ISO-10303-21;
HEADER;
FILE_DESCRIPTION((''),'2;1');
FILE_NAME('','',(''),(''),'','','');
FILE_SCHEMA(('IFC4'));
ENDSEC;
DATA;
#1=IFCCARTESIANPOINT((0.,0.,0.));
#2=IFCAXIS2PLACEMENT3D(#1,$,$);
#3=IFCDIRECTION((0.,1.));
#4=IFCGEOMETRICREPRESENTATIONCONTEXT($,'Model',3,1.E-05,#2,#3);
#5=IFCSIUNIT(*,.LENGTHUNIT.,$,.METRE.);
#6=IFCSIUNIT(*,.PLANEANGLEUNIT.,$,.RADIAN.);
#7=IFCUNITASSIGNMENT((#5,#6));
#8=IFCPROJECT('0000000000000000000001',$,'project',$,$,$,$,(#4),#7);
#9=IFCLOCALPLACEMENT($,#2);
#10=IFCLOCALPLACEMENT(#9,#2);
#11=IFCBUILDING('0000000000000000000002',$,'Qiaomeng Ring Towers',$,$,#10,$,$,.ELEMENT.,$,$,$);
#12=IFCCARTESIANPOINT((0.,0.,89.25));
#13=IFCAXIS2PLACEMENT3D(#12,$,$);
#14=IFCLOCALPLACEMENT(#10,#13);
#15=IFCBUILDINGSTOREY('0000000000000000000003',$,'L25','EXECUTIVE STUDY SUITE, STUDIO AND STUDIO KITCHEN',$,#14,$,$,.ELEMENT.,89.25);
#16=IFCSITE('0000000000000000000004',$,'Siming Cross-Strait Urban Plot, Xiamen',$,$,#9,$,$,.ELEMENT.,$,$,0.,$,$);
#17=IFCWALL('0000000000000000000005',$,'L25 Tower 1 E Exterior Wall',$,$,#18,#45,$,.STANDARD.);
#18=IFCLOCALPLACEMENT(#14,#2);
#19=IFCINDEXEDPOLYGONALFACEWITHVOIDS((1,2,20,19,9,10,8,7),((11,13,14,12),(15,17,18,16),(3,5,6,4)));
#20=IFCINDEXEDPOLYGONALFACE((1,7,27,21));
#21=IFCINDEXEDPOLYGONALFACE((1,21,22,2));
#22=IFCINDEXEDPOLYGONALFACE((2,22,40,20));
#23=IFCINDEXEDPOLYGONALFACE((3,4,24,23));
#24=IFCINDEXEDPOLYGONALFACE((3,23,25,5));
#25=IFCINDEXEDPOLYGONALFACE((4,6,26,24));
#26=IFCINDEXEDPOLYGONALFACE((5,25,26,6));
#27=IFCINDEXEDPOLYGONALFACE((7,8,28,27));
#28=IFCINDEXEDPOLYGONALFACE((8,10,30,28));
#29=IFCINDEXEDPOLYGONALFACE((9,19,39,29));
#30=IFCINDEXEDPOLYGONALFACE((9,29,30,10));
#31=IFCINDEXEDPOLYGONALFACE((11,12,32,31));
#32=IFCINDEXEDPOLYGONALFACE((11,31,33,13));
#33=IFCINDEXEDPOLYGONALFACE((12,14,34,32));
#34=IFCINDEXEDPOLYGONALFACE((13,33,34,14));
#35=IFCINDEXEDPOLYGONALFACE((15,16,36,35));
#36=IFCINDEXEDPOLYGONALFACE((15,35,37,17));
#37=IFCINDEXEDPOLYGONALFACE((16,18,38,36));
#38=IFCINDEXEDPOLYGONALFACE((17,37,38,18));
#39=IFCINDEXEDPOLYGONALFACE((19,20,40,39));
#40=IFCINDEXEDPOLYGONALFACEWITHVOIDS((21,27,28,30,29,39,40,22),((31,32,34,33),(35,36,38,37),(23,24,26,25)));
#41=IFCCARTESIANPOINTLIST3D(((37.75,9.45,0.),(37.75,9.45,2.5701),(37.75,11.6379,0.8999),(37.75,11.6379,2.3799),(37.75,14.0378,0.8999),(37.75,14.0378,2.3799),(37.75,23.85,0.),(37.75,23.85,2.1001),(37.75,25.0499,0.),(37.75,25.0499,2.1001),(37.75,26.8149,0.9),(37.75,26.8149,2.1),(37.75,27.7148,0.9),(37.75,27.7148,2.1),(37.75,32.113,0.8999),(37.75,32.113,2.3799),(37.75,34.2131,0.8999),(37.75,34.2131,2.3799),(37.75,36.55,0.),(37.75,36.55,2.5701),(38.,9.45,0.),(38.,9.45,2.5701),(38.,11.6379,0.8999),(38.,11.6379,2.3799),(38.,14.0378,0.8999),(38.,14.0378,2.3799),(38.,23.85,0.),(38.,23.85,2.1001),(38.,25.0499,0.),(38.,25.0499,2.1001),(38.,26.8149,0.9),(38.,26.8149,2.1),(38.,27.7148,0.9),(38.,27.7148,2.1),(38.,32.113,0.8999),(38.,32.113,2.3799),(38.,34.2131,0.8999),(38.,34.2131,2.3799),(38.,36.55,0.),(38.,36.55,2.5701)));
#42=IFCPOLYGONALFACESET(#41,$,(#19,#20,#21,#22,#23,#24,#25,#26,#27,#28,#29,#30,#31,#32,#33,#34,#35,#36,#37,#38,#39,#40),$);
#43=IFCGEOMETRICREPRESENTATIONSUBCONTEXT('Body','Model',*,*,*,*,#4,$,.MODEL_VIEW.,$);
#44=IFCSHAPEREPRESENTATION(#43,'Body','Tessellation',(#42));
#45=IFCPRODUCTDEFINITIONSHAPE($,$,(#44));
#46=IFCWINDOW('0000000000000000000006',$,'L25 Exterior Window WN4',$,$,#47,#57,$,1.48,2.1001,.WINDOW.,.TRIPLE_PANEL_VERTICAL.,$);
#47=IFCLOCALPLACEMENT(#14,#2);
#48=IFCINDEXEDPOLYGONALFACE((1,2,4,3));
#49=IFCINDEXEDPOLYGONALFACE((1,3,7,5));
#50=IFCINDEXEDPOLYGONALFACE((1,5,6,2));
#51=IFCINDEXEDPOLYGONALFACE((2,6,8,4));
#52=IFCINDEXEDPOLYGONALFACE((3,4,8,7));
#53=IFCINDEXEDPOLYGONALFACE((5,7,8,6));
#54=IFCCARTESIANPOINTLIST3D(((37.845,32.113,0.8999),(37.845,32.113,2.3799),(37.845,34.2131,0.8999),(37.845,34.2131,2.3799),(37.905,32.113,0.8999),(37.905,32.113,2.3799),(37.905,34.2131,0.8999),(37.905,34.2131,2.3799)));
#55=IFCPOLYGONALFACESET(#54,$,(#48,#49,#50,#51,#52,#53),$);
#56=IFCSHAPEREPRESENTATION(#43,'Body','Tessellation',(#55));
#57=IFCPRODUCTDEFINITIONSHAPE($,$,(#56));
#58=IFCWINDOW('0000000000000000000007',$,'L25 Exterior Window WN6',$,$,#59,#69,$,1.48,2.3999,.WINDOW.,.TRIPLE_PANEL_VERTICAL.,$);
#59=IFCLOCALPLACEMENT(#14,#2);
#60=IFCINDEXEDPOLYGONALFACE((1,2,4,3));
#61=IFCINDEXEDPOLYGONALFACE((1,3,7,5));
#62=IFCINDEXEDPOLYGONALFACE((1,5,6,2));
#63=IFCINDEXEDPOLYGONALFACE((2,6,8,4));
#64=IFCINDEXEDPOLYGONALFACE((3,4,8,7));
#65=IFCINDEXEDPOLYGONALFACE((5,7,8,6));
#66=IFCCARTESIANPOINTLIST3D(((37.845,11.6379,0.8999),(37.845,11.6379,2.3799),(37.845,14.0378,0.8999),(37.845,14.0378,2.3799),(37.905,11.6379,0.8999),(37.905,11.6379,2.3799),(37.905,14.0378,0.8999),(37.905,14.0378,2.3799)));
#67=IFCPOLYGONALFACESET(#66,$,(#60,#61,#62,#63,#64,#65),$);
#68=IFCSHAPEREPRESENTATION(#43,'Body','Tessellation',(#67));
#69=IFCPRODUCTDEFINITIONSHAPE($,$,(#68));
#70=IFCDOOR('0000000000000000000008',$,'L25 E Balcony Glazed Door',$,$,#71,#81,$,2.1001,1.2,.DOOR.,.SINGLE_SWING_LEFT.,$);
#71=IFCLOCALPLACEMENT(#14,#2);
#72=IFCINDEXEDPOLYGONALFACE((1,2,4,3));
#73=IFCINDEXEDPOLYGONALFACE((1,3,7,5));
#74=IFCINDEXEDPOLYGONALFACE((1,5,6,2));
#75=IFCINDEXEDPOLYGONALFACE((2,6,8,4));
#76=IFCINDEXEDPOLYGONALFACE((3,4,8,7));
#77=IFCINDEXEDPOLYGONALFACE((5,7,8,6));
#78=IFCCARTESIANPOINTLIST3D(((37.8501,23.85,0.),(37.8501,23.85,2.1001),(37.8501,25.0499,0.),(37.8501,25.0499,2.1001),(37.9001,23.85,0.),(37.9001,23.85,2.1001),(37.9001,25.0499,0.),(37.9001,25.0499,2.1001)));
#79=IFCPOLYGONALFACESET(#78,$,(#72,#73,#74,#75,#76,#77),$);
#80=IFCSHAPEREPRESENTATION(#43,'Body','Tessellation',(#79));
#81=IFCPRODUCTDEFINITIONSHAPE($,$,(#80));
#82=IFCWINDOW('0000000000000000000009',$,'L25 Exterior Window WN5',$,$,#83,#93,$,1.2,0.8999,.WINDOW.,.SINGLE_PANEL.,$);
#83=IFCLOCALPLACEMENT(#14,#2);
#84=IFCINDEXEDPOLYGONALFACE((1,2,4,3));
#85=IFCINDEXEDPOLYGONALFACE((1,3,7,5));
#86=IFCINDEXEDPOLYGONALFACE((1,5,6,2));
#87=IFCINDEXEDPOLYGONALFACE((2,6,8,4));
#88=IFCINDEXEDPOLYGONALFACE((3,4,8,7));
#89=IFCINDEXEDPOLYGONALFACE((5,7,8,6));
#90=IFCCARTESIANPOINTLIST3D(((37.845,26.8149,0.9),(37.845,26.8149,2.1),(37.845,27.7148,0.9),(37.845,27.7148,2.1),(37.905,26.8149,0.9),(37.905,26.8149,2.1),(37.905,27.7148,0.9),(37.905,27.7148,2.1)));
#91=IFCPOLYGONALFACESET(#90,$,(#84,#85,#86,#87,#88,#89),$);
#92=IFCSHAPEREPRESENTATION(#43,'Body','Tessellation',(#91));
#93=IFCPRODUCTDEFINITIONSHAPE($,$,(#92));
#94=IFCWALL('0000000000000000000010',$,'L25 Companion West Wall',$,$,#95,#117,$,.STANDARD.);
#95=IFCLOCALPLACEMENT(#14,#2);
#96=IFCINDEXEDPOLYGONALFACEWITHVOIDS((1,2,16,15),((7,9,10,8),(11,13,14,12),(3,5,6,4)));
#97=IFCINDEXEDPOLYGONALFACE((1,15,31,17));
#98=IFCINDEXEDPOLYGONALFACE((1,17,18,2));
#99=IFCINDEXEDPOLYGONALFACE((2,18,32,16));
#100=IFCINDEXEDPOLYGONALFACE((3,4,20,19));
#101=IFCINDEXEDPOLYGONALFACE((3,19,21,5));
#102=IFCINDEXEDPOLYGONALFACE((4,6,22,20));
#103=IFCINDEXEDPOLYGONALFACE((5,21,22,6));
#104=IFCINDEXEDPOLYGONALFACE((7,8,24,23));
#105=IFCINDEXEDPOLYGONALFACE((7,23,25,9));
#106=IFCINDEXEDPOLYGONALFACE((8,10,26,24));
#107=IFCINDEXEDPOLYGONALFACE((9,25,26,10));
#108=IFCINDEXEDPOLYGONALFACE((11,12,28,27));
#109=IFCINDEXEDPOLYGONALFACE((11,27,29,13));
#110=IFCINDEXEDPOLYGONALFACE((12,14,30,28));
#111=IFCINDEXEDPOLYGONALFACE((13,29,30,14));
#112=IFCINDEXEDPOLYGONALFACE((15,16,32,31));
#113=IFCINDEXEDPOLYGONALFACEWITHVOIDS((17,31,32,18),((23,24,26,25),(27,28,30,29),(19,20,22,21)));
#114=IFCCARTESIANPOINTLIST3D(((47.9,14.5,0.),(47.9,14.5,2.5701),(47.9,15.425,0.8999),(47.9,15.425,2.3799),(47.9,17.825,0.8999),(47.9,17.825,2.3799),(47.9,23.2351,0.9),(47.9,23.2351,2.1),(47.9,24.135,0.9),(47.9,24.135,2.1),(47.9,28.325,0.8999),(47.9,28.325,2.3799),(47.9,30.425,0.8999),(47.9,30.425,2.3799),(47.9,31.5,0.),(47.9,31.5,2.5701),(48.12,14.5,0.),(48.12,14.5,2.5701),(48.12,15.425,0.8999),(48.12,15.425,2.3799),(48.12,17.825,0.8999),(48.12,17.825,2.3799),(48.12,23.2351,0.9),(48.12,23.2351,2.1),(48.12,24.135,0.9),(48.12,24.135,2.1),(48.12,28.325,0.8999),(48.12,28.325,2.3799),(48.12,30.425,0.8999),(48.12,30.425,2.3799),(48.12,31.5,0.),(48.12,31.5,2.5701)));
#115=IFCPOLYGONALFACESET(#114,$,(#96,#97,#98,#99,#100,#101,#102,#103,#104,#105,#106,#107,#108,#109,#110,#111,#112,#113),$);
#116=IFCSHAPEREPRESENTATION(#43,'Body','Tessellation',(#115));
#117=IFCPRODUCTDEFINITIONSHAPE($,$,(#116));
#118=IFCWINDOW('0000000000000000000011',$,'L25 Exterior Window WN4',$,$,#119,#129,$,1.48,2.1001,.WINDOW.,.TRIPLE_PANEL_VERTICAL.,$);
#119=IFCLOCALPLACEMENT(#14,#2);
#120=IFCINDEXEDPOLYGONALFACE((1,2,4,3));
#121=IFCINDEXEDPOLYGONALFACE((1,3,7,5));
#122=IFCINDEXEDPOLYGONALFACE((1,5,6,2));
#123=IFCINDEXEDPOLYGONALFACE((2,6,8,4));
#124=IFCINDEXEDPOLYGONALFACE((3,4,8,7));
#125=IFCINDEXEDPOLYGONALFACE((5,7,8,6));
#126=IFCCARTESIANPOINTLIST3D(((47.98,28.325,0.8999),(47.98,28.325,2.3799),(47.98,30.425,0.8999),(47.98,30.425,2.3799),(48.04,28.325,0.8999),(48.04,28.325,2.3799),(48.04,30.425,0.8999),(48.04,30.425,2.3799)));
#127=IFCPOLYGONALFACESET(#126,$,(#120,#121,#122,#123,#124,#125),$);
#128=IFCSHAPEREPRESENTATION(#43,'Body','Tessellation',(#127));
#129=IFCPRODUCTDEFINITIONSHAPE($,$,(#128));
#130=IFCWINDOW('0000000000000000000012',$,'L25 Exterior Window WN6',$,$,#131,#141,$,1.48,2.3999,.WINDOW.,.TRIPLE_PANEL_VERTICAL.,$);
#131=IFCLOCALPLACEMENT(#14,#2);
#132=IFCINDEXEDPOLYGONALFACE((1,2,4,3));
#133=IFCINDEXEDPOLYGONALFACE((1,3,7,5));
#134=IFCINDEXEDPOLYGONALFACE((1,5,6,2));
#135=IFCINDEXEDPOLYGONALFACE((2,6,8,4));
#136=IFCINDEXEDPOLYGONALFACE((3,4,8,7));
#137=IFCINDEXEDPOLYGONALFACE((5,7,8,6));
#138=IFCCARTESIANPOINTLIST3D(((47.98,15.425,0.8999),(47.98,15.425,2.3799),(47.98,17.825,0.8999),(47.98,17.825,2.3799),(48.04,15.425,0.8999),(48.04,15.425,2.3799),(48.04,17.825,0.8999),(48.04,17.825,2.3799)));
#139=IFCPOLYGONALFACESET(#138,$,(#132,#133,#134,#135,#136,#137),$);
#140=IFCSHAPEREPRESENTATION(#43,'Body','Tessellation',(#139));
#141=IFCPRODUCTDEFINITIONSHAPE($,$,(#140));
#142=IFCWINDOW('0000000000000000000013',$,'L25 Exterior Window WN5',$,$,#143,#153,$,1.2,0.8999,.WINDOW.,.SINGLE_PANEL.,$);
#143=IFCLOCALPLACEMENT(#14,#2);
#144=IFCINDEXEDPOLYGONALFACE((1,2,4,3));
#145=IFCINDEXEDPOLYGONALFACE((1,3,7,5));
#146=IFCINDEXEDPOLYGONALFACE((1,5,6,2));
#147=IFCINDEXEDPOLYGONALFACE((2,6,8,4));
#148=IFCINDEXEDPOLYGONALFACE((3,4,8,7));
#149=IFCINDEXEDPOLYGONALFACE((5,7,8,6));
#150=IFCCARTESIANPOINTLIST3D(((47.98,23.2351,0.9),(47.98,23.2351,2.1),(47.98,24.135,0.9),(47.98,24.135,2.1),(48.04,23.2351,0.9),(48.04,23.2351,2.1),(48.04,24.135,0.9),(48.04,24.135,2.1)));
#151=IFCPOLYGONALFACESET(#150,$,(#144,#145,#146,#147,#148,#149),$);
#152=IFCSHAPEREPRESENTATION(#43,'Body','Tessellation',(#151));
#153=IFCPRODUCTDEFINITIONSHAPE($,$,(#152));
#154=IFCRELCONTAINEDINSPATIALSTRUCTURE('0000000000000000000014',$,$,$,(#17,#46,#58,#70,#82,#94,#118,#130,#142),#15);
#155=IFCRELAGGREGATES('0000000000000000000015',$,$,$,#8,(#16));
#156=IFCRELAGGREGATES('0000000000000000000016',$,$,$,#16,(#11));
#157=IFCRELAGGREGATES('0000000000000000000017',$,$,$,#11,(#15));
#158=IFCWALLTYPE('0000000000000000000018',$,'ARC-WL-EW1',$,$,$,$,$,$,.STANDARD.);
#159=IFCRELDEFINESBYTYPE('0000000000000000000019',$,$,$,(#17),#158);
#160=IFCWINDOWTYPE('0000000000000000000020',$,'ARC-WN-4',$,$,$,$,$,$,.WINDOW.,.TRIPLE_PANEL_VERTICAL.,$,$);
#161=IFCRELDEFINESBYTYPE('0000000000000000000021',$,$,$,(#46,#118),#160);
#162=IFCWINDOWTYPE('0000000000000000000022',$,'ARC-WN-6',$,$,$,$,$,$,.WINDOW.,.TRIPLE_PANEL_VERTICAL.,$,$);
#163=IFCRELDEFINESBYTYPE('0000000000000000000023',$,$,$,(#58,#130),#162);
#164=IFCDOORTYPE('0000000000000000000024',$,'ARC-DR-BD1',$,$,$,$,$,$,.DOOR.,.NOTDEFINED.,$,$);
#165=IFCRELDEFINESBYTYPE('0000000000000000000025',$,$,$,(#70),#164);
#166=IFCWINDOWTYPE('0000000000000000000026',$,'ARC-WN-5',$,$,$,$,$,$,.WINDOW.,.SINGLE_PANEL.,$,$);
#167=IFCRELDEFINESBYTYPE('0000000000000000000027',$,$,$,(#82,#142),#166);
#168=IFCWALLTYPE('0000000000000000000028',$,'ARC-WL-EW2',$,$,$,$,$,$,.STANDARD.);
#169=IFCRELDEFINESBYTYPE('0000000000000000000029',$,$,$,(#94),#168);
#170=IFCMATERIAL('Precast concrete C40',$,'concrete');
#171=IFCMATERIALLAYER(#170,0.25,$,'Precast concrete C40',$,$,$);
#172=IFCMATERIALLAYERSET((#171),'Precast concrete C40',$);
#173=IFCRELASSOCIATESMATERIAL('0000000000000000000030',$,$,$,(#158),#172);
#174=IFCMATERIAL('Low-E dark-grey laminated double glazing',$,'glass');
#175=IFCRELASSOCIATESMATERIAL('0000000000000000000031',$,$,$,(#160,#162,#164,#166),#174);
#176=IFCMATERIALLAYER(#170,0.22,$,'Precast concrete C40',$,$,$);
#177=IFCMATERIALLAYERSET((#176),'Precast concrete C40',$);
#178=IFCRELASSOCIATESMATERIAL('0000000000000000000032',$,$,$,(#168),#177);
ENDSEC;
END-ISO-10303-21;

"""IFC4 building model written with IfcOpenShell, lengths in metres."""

from ifc_helpers import new_model, si_unit, direction, frame, frame_2d, origin, place, context, subcontext, project, spatial, rectangle, extrude, source, transform, mapped, material, layer, layer_set, type_object, element, fill, save


model = new_model("IFC4")

# Units and contexts
model_context = context("Model", 3, precision=1e-05, world=origin(), true_north=direction((0.0, 1.0)))
body_context = subcontext(model_context, "Body", "Model", "MODEL_VIEW")
ifc_project = project(units=[si_unit("LENGTHUNIT", "METRE"), si_unit("PLANEANGLEUNIT", "RADIAN")], contexts=[model_context])

# Site, building, storey
site_placement = place(None, origin())
site = spatial("IfcSite", under=ifc_project, at=site_placement, Name="Siming Cross-Strait Urban Plot, Xiamen", CompositionType="ELEMENT", RefElevation=0.0)
building_placement = place(site_placement, origin())
building = spatial("IfcBuilding", under=site, at=building_placement, Name="Qiaomeng Ring Towers", CompositionType="ELEMENT")
storey_placement = place(building_placement, frame((0.0, 0.0, 89.25)))
storey = spatial("IfcBuildingStorey", under=building, at=storey_placement, Name="L25", Description="EXECUTIVE STUDY SUITE, STUDIO AND STUDIO KITCHEN", CompositionType="ELEMENT", Elevation=89.25)

# Shared definitions
ifc_material_1 = material(Name="Low-E dark-grey laminated double glazing", Category="glass")

# Wall, openings, windows, door
ifc_material_2 = material(Name="Precast concrete C40", Category="concrete")
ifc_layer_1 = layer(ifc_material_2, 0.25, Name="Precast concrete C40")
ifc_layer_set_1 = layer_set([ifc_layer_1], Name="Precast concrete C40")
wall_type_1 = type_object("IfcWallType", Name="ARC-WL-EW1", PredefinedType="STANDARD", material=ifc_layer_set_1)
wall_1_placement = place(storey_placement, frame((37.875, 9.45, 0.0), z_axis=(0.0, 0.0, 1.0), x_axis=(0.0, 1.0, 0.0)))
wall_1 = element("IfcWall", 1, at=wall_1_placement, inside=storey, type_object=wall_type_1, Name="L25 Tower 1 E Exterior Wall", PredefinedType="STANDARD", context=body_context, shape_type="SweptSolid", body=[
    extrude(rectangle(XDim=27.1001, YDim=0.25, at=frame_2d((13.55, 0.0))), origin(), (0.0, 0.0, 1.0), 2.5701),
])
opening_1_placement = place(wall_1_placement, frame((14.3999, 0.0, 0.0)))
opening_1 = element("IfcOpeningElement", 2, at=opening_1_placement, cuts=wall_1, PredefinedType="OPENING", context=body_context, shape_type="SweptSolid", body=[
    extrude(rectangle(XDim=1.2, YDim=2.1001, at=frame_2d((0.6001, 1.05))), frame((0.0, 0.135, 0.0), z_axis=(0.0, -1.0, 0.0), x_axis=(1.0, 0.0, 0.0)), (0.0, 0.0, 1.0), 0.27),
])
opening_2_placement = place(wall_1_placement, frame((2.188, 0.0, 0.8999)))
opening_2 = element("IfcOpeningElement", 3, at=opening_2_placement, cuts=wall_1, PredefinedType="OPENING", context=body_context, shape_type="SweptSolid", body=[
    extrude(rectangle(XDim=2.3999, YDim=1.48, at=frame_2d((1.2, 0.74))), frame((0.0, 0.135, 0.0), z_axis=(0.0, -1.0, 0.0), x_axis=(1.0, 0.0, 0.0)), (0.0, 0.0, 1.0), 0.27),
])
opening_3_placement = place(wall_1_placement, frame((22.6631, 0.0, 0.8999)))
opening_3 = element("IfcOpeningElement", 4, at=opening_3_placement, cuts=wall_1, PredefinedType="OPENING", context=body_context, shape_type="SweptSolid", body=[
    extrude(rectangle(XDim=2.1001, YDim=1.48, at=frame_2d((1.05, 0.74))), frame((0.0, 0.135, 0.0), z_axis=(0.0, -1.0, 0.0), x_axis=(1.0, 0.0, 0.0)), (0.0, 0.0, 1.0), 0.27),
])
opening_4_placement = place(wall_1_placement, frame((17.365, 0.0, 0.8999)))
opening_4 = element("IfcOpeningElement", 5, at=opening_4_placement, cuts=wall_1, PredefinedType="OPENING", context=body_context, shape_type="SweptSolid", body=[
    extrude(rectangle(XDim=0.8999, YDim=1.2, at=frame_2d((0.45, 0.6001))), frame((0.0, 0.135, 0.0), z_axis=(0.0, -1.0, 0.0), x_axis=(1.0, 0.0, 0.0)), (0.0, 0.0, 1.0), 0.27),
])
window_type_1 = type_object("IfcWindowType", Name="ARC-WN-4", PartitioningType="TRIPLE_PANEL_VERTICAL", PredefinedType="WINDOW", material=ifc_material_1)
shared_shape_1 = source(origin(), body_context, "Body", "SweptSolid", [
    extrude(rectangle(XDim=2.1001, YDim=1.48, at=frame_2d((1.05, 0.74))), frame((0.0, 0.03, 0.0), z_axis=(0.0, -1.0, 0.0), x_axis=(1.0, 0.0, 0.0)), (0.0, 0.0, 1.0), 0.0601),
])
window_1_placement = place(opening_3_placement, origin())
window_1 = element("IfcWindow", 6, at=window_1_placement, inside=storey, type_object=window_type_1, Name="L25 Exterior Window WN4", OverallHeight=1.48, OverallWidth=2.1001, PartitioningType="TRIPLE_PANEL_VERTICAL", PredefinedType="WINDOW", context=body_context, shape_type="MappedRepresentation", body=[
    mapped(shared_shape_1, transform((0.0, 0.0, 0.0), x_axis=(1.0, 0.0, 0.0), y_axis=(0.0, 1.0, 0.0), z_axis=(0.0, 0.0, 1.0), scale=1.0)),
])
fill(opening_3, window_1)
window_type_2 = type_object("IfcWindowType", Name="ARC-WN-6", PartitioningType="TRIPLE_PANEL_VERTICAL", PredefinedType="WINDOW", material=ifc_material_1)
shared_shape_2 = source(origin(), body_context, "Body", "SweptSolid", [
    extrude(rectangle(XDim=2.3999, YDim=1.48, at=frame_2d((1.2, 0.74))), frame((0.0, 0.03, 0.0), z_axis=(0.0, -1.0, 0.0), x_axis=(1.0, 0.0, 0.0)), (0.0, 0.0, 1.0), 0.0601),
])
window_2_placement = place(opening_2_placement, origin())
window_2 = element("IfcWindow", 7, at=window_2_placement, inside=storey, type_object=window_type_2, Name="L25 Exterior Window WN6", OverallHeight=1.48, OverallWidth=2.3999, PartitioningType="TRIPLE_PANEL_VERTICAL", PredefinedType="WINDOW", context=body_context, shape_type="MappedRepresentation", body=[
    mapped(shared_shape_2, transform((0.0, 0.0, 0.0), x_axis=(1.0, 0.0, 0.0), y_axis=(0.0, 1.0, 0.0), z_axis=(0.0, 0.0, 1.0), scale=1.0)),
])
fill(opening_2, window_2)
door_type = type_object("IfcDoorType", Name="ARC-DR-BD1", OperationType="NOTDEFINED", PredefinedType="DOOR", material=ifc_material_1)
shared_shape_3 = source(origin(), body_context, "Body", "SweptSolid", [
    extrude(rectangle(XDim=1.2, YDim=2.1001, at=frame_2d((0.6001, 1.05))), frame((0.0, 0.0249, 0.0), z_axis=(0.0, -1.0, 0.0), x_axis=(1.0, 0.0, 0.0)), (0.0, 0.0, 1.0), 0.05),
])
door_placement = place(opening_1_placement, origin())
door = element("IfcDoor", 8, at=door_placement, inside=storey, type_object=door_type, Name="L25 E Balcony Glazed Door", OperationType="SINGLE_SWING_LEFT", OverallHeight=2.1001, OverallWidth=1.2, PredefinedType="DOOR", context=body_context, shape_type="MappedRepresentation", body=[
    mapped(shared_shape_3, transform((0.0, 0.0, 0.0), x_axis=(1.0, 0.0, 0.0), y_axis=(0.0, 1.0, 0.0), z_axis=(0.0, 0.0, 1.0), scale=1.0)),
])
fill(opening_1, door)
window_type_3 = type_object("IfcWindowType", Name="ARC-WN-5", PartitioningType="SINGLE_PANEL", PredefinedType="WINDOW", material=ifc_material_1)
shared_shape_4 = source(origin(), body_context, "Body", "SweptSolid", [
    extrude(rectangle(XDim=0.8999, YDim=1.2, at=frame_2d((0.45, 0.6001))), frame((0.0, 0.03, 0.0), z_axis=(0.0, -1.0, 0.0), x_axis=(1.0, 0.0, 0.0)), (0.0, 0.0, 1.0), 0.0601),
])
window_3_placement = place(opening_4_placement, origin())
window_3 = element("IfcWindow", 9, at=window_3_placement, inside=storey, type_object=window_type_3, Name="L25 Exterior Window WN5", OverallHeight=1.2, OverallWidth=0.8999, PartitioningType="SINGLE_PANEL", PredefinedType="WINDOW", context=body_context, shape_type="MappedRepresentation", body=[
    mapped(shared_shape_4, transform((0.0, 0.0, 0.0), x_axis=(1.0, 0.0, 0.0), y_axis=(0.0, 1.0, 0.0), z_axis=(0.0, 0.0, 1.0), scale=1.0)),
])
fill(opening_4, window_3)

# Wall, openings, windows
ifc_layer_2 = layer(ifc_material_2, 0.22, Name="Precast concrete C40")
ifc_layer_set_2 = layer_set([ifc_layer_2], Name="Precast concrete C40")
wall_type_2 = type_object("IfcWallType", Name="ARC-WL-EW2", PredefinedType="STANDARD", material=ifc_layer_set_2)
wall_2_placement = place(storey_placement, frame((48.01, 14.5, 0.0), z_axis=(0.0, 0.0, 1.0), x_axis=(0.0, 1.0, 0.0)))
wall_2 = element("IfcWall", 10, at=wall_2_placement, inside=storey, type_object=wall_type_2, Name="L25 Companion West Wall", PredefinedType="STANDARD", context=body_context, shape_type="SweptSolid", body=[
    extrude(rectangle(XDim=17.0, YDim=0.22, at=frame_2d((8.5, 0.0))), origin(), (0.0, 0.0, 1.0), 2.5701),
])
opening_5_placement = place(wall_2_placement, frame((0.925, 0.0, 0.8999)))
opening_5 = element("IfcOpeningElement", 11, at=opening_5_placement, cuts=wall_2, PredefinedType="OPENING", context=body_context, shape_type="SweptSolid", body=[
    extrude(rectangle(XDim=2.3999, YDim=1.48, at=frame_2d((1.2, 0.74))), frame((0.0, 0.1199, 0.0), z_axis=(0.0, -1.0, 0.0), x_axis=(1.0, 0.0, 0.0)), (0.0, 0.0, 1.0), 0.24),
])
opening_6_placement = place(wall_2_placement, frame((13.825, 0.0, 0.8999)))
opening_6 = element("IfcOpeningElement", 12, at=opening_6_placement, cuts=wall_2, PredefinedType="OPENING", context=body_context, shape_type="SweptSolid", body=[
    extrude(rectangle(XDim=2.1001, YDim=1.48, at=frame_2d((1.05, 0.74))), frame((0.0, 0.1199, 0.0), z_axis=(0.0, -1.0, 0.0), x_axis=(1.0, 0.0, 0.0)), (0.0, 0.0, 1.0), 0.24),
])
opening_7_placement = place(wall_2_placement, frame((8.7351, 0.0, 0.8999)))
opening_7 = element("IfcOpeningElement", 13, at=opening_7_placement, cuts=wall_2, PredefinedType="OPENING", context=body_context, shape_type="SweptSolid", body=[
    extrude(rectangle(XDim=0.8999, YDim=1.2, at=frame_2d((0.45, 0.6001))), frame((0.0, 0.1199, 0.0), z_axis=(0.0, -1.0, 0.0), x_axis=(1.0, 0.0, 0.0)), (0.0, 0.0, 1.0), 0.24),
])
window_4_placement = place(opening_6_placement, origin())
window_4 = element("IfcWindow", 14, at=window_4_placement, inside=storey, type_object=window_type_1, Name="L25 Exterior Window WN4", OverallHeight=1.48, OverallWidth=2.1001, PartitioningType="TRIPLE_PANEL_VERTICAL", PredefinedType="WINDOW", context=body_context, shape_type="MappedRepresentation", body=[
    mapped(shared_shape_1, transform((0.0, 0.0, 0.0), x_axis=(1.0, 0.0, 0.0), y_axis=(0.0, 1.0, 0.0), z_axis=(0.0, 0.0, 1.0), scale=1.0)),
])
fill(opening_6, window_4)
window_5_placement = place(opening_5_placement, origin())
window_5 = element("IfcWindow", 15, at=window_5_placement, inside=storey, type_object=window_type_2, Name="L25 Exterior Window WN6", OverallHeight=1.48, OverallWidth=2.3999, PartitioningType="TRIPLE_PANEL_VERTICAL", PredefinedType="WINDOW", context=body_context, shape_type="MappedRepresentation", body=[
    mapped(shared_shape_2, transform((0.0, 0.0, 0.0), x_axis=(1.0, 0.0, 0.0), y_axis=(0.0, 1.0, 0.0), z_axis=(0.0, 0.0, 1.0), scale=1.0)),
])
fill(opening_5, window_5)
window_6_placement = place(opening_7_placement, origin())
window_6 = element("IfcWindow", 16, at=window_6_placement, inside=storey, type_object=window_type_3, Name="L25 Exterior Window WN5", OverallHeight=1.2, OverallWidth=0.8999, PartitioningType="SINGLE_PANEL", PredefinedType="WINDOW", context=body_context, shape_type="MappedRepresentation", body=[
    mapped(shared_shape_4, transform((0.0, 0.0, 0.0), x_axis=(1.0, 0.0, 0.0), y_axis=(0.0, 1.0, 0.0), z_axis=(0.0, 0.0, 1.0), scale=1.0)),
])
fill(opening_7, window_6)

save(model, "model.ifc")
